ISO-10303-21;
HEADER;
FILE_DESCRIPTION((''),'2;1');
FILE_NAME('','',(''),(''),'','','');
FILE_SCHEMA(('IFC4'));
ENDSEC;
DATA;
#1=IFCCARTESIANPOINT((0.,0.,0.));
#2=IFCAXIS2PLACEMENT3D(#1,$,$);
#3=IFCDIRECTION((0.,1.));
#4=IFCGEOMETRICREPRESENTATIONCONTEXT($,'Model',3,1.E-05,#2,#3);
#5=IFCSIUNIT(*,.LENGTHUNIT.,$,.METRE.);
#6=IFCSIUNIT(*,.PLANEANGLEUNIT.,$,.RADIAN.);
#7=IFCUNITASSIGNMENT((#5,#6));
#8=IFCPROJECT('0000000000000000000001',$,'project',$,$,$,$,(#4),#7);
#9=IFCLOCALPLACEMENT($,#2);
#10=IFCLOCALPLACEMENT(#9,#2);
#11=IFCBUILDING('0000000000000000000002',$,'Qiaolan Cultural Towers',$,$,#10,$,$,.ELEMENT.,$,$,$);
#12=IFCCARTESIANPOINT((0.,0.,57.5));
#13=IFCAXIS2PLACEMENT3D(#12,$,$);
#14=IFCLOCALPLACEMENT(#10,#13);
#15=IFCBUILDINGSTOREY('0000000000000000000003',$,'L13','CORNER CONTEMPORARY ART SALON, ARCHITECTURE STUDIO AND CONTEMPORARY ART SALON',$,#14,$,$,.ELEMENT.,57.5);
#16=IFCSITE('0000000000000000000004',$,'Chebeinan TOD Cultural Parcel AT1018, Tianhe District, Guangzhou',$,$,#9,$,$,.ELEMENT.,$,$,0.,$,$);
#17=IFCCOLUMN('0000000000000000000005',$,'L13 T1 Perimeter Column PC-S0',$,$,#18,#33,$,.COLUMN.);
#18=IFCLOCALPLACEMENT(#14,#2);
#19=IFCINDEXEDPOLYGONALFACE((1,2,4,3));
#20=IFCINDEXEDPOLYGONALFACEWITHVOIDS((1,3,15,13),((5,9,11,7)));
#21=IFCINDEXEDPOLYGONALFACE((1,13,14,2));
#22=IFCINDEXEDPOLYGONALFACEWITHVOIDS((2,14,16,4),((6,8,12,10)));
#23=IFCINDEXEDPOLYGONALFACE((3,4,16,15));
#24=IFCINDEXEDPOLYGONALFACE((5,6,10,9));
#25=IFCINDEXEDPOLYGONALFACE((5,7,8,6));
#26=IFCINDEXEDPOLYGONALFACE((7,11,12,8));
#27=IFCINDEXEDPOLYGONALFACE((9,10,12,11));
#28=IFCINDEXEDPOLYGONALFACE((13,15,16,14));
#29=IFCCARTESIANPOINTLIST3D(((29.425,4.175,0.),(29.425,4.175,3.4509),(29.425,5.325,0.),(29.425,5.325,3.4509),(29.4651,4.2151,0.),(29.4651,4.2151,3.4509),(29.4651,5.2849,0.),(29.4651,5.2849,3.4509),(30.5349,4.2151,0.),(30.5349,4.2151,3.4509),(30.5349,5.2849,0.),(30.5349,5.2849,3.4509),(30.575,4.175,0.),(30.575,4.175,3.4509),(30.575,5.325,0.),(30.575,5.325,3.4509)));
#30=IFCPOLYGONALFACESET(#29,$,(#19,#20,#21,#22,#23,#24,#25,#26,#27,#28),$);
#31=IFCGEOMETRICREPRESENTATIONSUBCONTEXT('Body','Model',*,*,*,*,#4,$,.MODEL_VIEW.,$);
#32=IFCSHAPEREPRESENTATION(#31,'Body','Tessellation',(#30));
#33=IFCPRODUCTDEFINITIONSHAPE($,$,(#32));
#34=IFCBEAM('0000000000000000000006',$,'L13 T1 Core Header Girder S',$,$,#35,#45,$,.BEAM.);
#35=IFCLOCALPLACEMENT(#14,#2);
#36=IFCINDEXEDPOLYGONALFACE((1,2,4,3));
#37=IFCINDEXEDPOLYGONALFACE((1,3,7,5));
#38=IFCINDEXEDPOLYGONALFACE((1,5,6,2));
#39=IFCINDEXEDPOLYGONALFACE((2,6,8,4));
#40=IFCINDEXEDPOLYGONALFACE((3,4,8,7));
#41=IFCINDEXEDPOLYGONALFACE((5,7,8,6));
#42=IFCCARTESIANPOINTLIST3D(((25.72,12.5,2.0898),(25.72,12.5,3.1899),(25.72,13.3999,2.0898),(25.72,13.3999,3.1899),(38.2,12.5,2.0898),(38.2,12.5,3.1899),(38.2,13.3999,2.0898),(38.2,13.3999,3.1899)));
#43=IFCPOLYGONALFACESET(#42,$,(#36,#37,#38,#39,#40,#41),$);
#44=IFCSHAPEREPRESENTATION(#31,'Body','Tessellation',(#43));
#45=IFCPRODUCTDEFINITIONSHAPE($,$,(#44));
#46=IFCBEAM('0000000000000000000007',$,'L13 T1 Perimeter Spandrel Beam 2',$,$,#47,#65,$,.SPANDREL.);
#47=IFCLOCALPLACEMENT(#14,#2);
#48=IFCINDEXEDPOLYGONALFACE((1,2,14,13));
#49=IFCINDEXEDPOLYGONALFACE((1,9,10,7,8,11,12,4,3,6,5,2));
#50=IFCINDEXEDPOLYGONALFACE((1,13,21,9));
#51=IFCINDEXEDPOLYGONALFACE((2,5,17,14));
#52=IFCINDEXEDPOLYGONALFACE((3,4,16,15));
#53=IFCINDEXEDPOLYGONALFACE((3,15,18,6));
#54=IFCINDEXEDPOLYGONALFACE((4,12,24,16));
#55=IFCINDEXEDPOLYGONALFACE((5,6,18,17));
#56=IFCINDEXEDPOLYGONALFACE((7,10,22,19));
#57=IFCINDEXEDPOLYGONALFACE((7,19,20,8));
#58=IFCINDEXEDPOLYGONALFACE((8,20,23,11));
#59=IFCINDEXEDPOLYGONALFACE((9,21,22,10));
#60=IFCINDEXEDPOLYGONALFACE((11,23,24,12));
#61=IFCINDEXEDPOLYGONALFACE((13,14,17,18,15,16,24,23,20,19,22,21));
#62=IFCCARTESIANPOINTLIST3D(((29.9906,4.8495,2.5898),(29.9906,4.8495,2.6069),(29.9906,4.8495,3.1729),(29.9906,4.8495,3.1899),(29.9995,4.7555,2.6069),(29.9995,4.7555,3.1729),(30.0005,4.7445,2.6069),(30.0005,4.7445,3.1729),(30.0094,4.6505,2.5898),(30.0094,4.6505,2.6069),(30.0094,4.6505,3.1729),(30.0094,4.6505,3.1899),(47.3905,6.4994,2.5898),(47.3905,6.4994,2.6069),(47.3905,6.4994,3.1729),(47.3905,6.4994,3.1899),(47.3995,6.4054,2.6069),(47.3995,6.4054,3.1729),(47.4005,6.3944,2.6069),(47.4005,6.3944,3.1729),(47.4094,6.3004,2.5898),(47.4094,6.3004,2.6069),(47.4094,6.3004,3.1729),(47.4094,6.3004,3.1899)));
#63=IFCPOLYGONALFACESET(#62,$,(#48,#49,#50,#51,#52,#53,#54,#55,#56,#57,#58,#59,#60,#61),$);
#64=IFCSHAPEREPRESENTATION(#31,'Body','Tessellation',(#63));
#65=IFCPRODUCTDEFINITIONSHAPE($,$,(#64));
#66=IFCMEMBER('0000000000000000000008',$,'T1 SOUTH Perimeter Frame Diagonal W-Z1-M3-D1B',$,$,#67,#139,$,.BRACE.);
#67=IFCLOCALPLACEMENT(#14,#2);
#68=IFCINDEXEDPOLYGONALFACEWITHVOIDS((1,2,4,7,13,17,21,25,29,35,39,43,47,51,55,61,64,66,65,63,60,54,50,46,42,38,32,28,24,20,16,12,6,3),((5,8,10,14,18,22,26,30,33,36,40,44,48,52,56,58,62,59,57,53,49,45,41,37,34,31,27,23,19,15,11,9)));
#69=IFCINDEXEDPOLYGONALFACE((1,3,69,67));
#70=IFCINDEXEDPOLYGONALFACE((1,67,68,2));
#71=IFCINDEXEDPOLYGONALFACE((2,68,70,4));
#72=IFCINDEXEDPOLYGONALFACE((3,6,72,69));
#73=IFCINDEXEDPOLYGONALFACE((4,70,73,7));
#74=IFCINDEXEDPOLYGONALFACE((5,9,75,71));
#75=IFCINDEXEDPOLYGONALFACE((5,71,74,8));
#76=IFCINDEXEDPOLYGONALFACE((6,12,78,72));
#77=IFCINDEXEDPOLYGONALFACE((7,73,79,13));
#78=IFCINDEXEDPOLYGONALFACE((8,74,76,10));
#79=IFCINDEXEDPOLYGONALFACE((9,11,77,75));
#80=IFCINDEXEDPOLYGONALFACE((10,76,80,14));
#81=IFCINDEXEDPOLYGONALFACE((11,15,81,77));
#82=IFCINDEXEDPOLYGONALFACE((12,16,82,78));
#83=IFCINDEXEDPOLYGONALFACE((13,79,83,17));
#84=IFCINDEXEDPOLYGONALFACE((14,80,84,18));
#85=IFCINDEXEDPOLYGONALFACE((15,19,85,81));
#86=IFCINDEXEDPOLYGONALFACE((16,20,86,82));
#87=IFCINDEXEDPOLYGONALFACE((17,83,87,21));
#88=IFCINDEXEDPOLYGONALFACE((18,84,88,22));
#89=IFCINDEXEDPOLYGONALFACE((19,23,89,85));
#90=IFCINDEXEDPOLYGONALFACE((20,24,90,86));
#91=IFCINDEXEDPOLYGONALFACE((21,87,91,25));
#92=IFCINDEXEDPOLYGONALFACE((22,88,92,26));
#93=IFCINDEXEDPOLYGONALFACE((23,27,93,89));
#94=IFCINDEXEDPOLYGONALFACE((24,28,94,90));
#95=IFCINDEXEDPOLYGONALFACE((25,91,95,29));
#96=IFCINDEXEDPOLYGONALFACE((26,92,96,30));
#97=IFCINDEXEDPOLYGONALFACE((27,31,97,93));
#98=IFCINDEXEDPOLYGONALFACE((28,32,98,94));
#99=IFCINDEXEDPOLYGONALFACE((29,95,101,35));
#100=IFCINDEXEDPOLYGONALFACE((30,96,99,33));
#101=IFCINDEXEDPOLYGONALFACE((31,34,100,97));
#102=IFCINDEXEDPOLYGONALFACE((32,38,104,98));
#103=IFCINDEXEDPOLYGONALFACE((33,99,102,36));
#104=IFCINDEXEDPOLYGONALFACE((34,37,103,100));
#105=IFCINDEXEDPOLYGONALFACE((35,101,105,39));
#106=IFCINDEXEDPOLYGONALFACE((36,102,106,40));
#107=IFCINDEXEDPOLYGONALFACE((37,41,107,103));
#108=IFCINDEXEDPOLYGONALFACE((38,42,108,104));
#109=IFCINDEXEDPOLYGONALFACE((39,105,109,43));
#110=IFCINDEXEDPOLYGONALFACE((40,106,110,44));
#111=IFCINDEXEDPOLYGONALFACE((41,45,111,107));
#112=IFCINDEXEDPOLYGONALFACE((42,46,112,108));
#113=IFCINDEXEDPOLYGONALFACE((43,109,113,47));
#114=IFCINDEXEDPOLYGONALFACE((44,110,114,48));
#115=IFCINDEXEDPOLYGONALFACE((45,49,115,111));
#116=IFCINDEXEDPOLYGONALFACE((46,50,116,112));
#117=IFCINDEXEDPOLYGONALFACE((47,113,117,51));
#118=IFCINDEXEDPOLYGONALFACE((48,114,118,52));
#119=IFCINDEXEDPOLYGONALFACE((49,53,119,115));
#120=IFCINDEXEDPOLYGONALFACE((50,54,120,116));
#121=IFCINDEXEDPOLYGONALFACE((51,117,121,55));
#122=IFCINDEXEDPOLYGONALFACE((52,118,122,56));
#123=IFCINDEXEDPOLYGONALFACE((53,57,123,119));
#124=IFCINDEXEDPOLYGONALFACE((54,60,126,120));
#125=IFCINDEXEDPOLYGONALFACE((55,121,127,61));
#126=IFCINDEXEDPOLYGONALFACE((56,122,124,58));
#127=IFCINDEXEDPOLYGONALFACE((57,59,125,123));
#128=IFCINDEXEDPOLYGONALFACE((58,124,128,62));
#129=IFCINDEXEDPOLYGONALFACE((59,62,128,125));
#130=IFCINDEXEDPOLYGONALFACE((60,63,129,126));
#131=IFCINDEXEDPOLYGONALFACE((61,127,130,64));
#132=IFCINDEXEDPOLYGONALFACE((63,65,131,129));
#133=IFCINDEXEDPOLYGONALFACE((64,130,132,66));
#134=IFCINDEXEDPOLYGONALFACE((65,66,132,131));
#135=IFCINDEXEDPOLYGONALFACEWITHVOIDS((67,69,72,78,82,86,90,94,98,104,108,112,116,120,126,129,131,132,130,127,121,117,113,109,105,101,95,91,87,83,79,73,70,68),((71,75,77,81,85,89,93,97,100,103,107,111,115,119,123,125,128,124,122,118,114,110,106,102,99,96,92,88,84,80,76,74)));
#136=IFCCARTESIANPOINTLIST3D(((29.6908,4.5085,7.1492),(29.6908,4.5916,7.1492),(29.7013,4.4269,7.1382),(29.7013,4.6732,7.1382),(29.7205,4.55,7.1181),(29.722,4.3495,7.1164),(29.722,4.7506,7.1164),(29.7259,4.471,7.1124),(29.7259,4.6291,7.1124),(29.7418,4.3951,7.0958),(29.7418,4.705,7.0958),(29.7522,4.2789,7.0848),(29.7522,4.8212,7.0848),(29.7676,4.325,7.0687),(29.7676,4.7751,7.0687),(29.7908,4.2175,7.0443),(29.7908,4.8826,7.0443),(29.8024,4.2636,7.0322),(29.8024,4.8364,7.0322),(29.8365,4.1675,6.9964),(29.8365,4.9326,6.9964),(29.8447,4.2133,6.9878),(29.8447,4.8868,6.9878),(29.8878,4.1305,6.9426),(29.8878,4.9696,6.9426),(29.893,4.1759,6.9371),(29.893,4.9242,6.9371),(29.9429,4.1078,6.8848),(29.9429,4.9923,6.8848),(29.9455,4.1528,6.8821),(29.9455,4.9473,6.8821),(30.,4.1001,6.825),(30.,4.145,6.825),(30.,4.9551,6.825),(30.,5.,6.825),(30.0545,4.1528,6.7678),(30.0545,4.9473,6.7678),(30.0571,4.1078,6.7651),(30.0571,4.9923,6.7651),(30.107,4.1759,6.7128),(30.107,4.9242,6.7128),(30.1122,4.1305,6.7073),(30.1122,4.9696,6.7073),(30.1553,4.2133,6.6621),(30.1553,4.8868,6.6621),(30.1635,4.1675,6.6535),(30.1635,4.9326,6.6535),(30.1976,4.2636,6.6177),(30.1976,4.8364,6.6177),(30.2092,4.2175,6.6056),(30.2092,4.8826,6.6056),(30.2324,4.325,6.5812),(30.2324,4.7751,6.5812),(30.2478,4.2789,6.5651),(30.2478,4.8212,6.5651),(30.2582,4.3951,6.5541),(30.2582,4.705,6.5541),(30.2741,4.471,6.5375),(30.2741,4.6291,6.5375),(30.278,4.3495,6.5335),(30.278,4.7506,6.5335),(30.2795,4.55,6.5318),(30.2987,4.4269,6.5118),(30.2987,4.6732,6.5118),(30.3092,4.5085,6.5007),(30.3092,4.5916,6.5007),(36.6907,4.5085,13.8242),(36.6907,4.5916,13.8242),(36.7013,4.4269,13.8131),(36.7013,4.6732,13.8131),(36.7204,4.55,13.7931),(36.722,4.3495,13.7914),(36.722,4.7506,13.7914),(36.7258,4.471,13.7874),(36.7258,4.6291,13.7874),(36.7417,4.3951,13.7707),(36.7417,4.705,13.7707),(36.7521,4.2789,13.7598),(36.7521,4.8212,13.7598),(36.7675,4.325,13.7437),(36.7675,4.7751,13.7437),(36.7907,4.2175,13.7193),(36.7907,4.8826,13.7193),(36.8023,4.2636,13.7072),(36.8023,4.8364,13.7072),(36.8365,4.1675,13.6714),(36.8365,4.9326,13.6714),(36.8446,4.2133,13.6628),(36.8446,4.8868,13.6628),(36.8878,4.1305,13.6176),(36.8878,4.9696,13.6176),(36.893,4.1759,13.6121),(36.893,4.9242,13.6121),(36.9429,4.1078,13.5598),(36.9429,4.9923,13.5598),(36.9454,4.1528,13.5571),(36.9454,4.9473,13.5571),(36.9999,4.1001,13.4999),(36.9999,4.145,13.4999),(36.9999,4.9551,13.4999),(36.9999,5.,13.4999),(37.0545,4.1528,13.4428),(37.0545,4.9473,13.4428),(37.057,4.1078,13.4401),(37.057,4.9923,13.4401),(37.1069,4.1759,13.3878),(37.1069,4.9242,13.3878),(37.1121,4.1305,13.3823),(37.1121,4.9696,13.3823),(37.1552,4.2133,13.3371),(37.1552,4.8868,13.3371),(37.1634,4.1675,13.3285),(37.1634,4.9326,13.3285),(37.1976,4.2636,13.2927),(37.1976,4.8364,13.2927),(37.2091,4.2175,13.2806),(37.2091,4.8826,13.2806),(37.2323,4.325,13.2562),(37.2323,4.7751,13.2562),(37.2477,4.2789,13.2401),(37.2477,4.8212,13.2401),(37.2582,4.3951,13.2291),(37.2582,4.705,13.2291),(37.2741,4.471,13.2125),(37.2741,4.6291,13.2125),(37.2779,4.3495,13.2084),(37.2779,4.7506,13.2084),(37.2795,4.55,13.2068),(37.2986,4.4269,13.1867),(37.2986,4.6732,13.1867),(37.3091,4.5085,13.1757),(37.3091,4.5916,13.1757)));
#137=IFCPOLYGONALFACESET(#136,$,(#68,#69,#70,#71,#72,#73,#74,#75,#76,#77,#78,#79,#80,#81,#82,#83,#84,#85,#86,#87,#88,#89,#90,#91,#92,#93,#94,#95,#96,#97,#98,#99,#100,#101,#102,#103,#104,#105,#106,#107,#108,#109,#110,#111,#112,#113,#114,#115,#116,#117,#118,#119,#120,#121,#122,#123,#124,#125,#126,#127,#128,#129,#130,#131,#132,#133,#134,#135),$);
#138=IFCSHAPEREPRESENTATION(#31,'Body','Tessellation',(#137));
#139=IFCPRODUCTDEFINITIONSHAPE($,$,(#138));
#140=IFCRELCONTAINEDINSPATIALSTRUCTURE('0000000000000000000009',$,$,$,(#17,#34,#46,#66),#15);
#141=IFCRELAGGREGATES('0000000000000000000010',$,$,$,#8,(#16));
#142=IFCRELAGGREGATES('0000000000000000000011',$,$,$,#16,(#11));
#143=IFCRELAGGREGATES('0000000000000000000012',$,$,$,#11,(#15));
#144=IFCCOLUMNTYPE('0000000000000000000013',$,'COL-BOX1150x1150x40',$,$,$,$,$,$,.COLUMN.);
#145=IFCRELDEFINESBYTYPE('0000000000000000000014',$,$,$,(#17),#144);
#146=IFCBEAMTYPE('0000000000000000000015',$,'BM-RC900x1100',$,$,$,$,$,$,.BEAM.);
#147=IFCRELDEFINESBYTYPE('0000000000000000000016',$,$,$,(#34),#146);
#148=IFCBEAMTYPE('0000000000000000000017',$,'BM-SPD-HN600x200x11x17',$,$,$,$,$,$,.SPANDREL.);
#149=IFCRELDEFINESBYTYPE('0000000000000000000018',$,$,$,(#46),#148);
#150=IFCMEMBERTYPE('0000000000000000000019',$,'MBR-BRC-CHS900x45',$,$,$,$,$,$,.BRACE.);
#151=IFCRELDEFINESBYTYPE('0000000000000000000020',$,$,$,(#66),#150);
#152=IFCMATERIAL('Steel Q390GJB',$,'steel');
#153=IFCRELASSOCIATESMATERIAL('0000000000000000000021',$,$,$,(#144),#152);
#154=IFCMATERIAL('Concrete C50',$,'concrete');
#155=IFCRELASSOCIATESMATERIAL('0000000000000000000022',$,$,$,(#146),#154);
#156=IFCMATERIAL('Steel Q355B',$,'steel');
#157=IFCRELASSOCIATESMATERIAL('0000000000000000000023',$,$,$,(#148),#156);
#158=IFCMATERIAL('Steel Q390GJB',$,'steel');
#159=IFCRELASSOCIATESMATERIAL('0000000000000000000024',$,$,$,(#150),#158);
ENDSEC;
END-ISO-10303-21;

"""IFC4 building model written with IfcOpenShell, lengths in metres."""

from ifc_helpers import new_model, si_unit, direction, frame, origin, origin_2d, place, context, subcontext, project, spatial, rectangle, hollow_rectangle, hollow_circle, i_section, extrude, material, material_profile, profile_set, type_object, element, save


model = new_model("IFC4")

# Units and contexts
model_context = context("Model", 3, precision=1e-05, world=origin(), true_north=direction((0.0, 1.0)))
body_context = subcontext(model_context, "Body", "Model", "MODEL_VIEW")
ifc_project = project(units=[si_unit("LENGTHUNIT", "METRE"), si_unit("PLANEANGLEUNIT", "RADIAN")], contexts=[model_context])

# Site, building, storey
site_placement = place(None, origin())
site = spatial("IfcSite", under=ifc_project, at=site_placement, Name="Chebeinan TOD Cultural Parcel AT1018, Tianhe District, Guangzhou", CompositionType="ELEMENT", RefElevation=0.0)
building_placement = place(site_placement, origin())
building = spatial("IfcBuilding", under=site, at=building_placement, Name="Qiaolan Cultural Towers", CompositionType="ELEMENT")
storey_placement = place(building_placement, frame((0.0, 0.0, 57.5)))
storey = spatial("IfcBuildingStorey", under=building, at=storey_placement, Name="L13", Description="CORNER CONTEMPORARY ART SALON, ARCHITECTURE STUDIO AND CONTEMPORARY ART SALON", CompositionType="ELEMENT", Elevation=57.5)

# Column
ifc_material_1 = material(Name="Steel Q390GJB", Category="steel")
ifc_material_profile_1 = material_profile(ifc_material_1, hollow_rectangle(XDim=1.1499, YDim=1.1499, WallThickness=0.04, at=origin_2d()), Name="BOX1150x1150x40")
ifc_profile_set_1 = profile_set([ifc_material_profile_1], Name="Steel Q390GJB")
column_type = type_object("IfcColumnType", Name="COL-BOX1150x1150x40", PredefinedType="COLUMN", material=ifc_profile_set_1)
column_placement = place(storey_placement, frame((30.0, 4.75, 0.0), z_axis=(0.0, 0.0, 1.0), x_axis=(1.0, 0.0, 0.0)))
element("IfcColumn", 1, at=column_placement, inside=storey, type_object=column_type, Name="L13 T1 Perimeter Column PC-S0", PredefinedType="COLUMN", context=body_context, shape_type="SweptSolid", body=[
    extrude(hollow_rectangle(XDim=1.1499, YDim=1.1499, WallThickness=0.04, at=origin_2d()), origin(), (0.0, 0.0, 1.0), 3.4509),
])

# Beams
ifc_material_2 = material(Name="Concrete C50", Category="concrete")
ifc_material_profile_2 = material_profile(ifc_material_2, rectangle(XDim=0.8999, YDim=1.1001, at=origin_2d()), Name="RC900x1100")
ifc_profile_set_2 = profile_set([ifc_material_profile_2], Name="Concrete C50")
beam_type_1 = type_object("IfcBeamType", Name="BM-RC900x1100", PredefinedType="BEAM", material=ifc_profile_set_2)
beam_1_placement = place(storey_placement, frame((25.72, 12.95, 2.6399), z_axis=(1.0, 0.0, 0.0), x_axis=(0.0, 1.0, 0.0)))
element("IfcBeam", 2, at=beam_1_placement, inside=storey, type_object=beam_type_1, Name="L13 T1 Core Header Girder S", PredefinedType="BEAM", context=body_context, shape_type="SweptSolid", body=[
    extrude(rectangle(XDim=0.8999, YDim=1.1001, at=origin_2d()), origin(), (0.0, 0.0, 1.0), 12.48),
])
ifc_material_3 = material(Name="Steel Q355B", Category="steel")
ifc_material_profile_3 = material_profile(ifc_material_3, i_section(OverallWidth=0.2, OverallDepth=0.6001, WebThickness=0.011, FlangeThickness=0.0171, at=origin_2d()), Name="HN600x200x11x17")
ifc_profile_set_3 = profile_set([ifc_material_profile_3], Name="Steel Q355B")
beam_type_2 = type_object("IfcBeamType", Name="BM-SPD-HN600x200x11x17", PredefinedType="SPANDREL", material=ifc_profile_set_3)
beam_2_placement = place(storey_placement, frame((30.0, 4.75, 2.8899), z_axis=(0.995534, 0.094399, 0.0), x_axis=(-0.094399, 0.995534, 0.0)))
element("IfcBeam", 3, at=beam_2_placement, inside=storey, type_object=beam_type_2, Name="L13 T1 Perimeter Spandrel Beam 2", PredefinedType="SPANDREL", context=body_context, shape_type="SweptSolid", body=[
    extrude(i_section(OverallWidth=0.2, OverallDepth=0.6001, WebThickness=0.011, FlangeThickness=0.0171, at=origin_2d()), origin(), (0.0, 0.0, 1.0), 17.478),
])

# Member
ifc_material_4 = material(Name="Steel Q390GJB", Category="steel")
ifc_material_profile_4 = material_profile(ifc_material_4, hollow_circle(Radius=0.45, WallThickness=0.0449, at=origin_2d()), Name="CHS900x45")
ifc_profile_set_4 = profile_set([ifc_material_profile_4], Name="Steel Q390GJB")
member_type = type_object("IfcMemberType", Name="MBR-BRC-CHS900x45", PredefinedType="BRACE", material=ifc_profile_set_4)
for number, where, z_axis, x_axis, name in (
    (4, (30.0, 4.55, 6.825), (0.723705, 0.0, 0.690109), (0.0, 1.0, 0.0), "T1 SOUTH Perimeter Frame Diagonal W-Z1-M3-D1B"),
):
    element("IfcMember", number, at=place(storey_placement, frame(where, z_axis=z_axis, x_axis=x_axis)), inside=storey, type_object=member_type, Name=name, PredefinedType="BRACE", context=body_context, shape_type="SweptSolid", body=[
        extrude(hollow_circle(Radius=0.45, WallThickness=0.0449, at=origin_2d()), origin(), (0.0, 0.0, 1.0), 9.6724),
    ])

save(model, "model.ifc")
